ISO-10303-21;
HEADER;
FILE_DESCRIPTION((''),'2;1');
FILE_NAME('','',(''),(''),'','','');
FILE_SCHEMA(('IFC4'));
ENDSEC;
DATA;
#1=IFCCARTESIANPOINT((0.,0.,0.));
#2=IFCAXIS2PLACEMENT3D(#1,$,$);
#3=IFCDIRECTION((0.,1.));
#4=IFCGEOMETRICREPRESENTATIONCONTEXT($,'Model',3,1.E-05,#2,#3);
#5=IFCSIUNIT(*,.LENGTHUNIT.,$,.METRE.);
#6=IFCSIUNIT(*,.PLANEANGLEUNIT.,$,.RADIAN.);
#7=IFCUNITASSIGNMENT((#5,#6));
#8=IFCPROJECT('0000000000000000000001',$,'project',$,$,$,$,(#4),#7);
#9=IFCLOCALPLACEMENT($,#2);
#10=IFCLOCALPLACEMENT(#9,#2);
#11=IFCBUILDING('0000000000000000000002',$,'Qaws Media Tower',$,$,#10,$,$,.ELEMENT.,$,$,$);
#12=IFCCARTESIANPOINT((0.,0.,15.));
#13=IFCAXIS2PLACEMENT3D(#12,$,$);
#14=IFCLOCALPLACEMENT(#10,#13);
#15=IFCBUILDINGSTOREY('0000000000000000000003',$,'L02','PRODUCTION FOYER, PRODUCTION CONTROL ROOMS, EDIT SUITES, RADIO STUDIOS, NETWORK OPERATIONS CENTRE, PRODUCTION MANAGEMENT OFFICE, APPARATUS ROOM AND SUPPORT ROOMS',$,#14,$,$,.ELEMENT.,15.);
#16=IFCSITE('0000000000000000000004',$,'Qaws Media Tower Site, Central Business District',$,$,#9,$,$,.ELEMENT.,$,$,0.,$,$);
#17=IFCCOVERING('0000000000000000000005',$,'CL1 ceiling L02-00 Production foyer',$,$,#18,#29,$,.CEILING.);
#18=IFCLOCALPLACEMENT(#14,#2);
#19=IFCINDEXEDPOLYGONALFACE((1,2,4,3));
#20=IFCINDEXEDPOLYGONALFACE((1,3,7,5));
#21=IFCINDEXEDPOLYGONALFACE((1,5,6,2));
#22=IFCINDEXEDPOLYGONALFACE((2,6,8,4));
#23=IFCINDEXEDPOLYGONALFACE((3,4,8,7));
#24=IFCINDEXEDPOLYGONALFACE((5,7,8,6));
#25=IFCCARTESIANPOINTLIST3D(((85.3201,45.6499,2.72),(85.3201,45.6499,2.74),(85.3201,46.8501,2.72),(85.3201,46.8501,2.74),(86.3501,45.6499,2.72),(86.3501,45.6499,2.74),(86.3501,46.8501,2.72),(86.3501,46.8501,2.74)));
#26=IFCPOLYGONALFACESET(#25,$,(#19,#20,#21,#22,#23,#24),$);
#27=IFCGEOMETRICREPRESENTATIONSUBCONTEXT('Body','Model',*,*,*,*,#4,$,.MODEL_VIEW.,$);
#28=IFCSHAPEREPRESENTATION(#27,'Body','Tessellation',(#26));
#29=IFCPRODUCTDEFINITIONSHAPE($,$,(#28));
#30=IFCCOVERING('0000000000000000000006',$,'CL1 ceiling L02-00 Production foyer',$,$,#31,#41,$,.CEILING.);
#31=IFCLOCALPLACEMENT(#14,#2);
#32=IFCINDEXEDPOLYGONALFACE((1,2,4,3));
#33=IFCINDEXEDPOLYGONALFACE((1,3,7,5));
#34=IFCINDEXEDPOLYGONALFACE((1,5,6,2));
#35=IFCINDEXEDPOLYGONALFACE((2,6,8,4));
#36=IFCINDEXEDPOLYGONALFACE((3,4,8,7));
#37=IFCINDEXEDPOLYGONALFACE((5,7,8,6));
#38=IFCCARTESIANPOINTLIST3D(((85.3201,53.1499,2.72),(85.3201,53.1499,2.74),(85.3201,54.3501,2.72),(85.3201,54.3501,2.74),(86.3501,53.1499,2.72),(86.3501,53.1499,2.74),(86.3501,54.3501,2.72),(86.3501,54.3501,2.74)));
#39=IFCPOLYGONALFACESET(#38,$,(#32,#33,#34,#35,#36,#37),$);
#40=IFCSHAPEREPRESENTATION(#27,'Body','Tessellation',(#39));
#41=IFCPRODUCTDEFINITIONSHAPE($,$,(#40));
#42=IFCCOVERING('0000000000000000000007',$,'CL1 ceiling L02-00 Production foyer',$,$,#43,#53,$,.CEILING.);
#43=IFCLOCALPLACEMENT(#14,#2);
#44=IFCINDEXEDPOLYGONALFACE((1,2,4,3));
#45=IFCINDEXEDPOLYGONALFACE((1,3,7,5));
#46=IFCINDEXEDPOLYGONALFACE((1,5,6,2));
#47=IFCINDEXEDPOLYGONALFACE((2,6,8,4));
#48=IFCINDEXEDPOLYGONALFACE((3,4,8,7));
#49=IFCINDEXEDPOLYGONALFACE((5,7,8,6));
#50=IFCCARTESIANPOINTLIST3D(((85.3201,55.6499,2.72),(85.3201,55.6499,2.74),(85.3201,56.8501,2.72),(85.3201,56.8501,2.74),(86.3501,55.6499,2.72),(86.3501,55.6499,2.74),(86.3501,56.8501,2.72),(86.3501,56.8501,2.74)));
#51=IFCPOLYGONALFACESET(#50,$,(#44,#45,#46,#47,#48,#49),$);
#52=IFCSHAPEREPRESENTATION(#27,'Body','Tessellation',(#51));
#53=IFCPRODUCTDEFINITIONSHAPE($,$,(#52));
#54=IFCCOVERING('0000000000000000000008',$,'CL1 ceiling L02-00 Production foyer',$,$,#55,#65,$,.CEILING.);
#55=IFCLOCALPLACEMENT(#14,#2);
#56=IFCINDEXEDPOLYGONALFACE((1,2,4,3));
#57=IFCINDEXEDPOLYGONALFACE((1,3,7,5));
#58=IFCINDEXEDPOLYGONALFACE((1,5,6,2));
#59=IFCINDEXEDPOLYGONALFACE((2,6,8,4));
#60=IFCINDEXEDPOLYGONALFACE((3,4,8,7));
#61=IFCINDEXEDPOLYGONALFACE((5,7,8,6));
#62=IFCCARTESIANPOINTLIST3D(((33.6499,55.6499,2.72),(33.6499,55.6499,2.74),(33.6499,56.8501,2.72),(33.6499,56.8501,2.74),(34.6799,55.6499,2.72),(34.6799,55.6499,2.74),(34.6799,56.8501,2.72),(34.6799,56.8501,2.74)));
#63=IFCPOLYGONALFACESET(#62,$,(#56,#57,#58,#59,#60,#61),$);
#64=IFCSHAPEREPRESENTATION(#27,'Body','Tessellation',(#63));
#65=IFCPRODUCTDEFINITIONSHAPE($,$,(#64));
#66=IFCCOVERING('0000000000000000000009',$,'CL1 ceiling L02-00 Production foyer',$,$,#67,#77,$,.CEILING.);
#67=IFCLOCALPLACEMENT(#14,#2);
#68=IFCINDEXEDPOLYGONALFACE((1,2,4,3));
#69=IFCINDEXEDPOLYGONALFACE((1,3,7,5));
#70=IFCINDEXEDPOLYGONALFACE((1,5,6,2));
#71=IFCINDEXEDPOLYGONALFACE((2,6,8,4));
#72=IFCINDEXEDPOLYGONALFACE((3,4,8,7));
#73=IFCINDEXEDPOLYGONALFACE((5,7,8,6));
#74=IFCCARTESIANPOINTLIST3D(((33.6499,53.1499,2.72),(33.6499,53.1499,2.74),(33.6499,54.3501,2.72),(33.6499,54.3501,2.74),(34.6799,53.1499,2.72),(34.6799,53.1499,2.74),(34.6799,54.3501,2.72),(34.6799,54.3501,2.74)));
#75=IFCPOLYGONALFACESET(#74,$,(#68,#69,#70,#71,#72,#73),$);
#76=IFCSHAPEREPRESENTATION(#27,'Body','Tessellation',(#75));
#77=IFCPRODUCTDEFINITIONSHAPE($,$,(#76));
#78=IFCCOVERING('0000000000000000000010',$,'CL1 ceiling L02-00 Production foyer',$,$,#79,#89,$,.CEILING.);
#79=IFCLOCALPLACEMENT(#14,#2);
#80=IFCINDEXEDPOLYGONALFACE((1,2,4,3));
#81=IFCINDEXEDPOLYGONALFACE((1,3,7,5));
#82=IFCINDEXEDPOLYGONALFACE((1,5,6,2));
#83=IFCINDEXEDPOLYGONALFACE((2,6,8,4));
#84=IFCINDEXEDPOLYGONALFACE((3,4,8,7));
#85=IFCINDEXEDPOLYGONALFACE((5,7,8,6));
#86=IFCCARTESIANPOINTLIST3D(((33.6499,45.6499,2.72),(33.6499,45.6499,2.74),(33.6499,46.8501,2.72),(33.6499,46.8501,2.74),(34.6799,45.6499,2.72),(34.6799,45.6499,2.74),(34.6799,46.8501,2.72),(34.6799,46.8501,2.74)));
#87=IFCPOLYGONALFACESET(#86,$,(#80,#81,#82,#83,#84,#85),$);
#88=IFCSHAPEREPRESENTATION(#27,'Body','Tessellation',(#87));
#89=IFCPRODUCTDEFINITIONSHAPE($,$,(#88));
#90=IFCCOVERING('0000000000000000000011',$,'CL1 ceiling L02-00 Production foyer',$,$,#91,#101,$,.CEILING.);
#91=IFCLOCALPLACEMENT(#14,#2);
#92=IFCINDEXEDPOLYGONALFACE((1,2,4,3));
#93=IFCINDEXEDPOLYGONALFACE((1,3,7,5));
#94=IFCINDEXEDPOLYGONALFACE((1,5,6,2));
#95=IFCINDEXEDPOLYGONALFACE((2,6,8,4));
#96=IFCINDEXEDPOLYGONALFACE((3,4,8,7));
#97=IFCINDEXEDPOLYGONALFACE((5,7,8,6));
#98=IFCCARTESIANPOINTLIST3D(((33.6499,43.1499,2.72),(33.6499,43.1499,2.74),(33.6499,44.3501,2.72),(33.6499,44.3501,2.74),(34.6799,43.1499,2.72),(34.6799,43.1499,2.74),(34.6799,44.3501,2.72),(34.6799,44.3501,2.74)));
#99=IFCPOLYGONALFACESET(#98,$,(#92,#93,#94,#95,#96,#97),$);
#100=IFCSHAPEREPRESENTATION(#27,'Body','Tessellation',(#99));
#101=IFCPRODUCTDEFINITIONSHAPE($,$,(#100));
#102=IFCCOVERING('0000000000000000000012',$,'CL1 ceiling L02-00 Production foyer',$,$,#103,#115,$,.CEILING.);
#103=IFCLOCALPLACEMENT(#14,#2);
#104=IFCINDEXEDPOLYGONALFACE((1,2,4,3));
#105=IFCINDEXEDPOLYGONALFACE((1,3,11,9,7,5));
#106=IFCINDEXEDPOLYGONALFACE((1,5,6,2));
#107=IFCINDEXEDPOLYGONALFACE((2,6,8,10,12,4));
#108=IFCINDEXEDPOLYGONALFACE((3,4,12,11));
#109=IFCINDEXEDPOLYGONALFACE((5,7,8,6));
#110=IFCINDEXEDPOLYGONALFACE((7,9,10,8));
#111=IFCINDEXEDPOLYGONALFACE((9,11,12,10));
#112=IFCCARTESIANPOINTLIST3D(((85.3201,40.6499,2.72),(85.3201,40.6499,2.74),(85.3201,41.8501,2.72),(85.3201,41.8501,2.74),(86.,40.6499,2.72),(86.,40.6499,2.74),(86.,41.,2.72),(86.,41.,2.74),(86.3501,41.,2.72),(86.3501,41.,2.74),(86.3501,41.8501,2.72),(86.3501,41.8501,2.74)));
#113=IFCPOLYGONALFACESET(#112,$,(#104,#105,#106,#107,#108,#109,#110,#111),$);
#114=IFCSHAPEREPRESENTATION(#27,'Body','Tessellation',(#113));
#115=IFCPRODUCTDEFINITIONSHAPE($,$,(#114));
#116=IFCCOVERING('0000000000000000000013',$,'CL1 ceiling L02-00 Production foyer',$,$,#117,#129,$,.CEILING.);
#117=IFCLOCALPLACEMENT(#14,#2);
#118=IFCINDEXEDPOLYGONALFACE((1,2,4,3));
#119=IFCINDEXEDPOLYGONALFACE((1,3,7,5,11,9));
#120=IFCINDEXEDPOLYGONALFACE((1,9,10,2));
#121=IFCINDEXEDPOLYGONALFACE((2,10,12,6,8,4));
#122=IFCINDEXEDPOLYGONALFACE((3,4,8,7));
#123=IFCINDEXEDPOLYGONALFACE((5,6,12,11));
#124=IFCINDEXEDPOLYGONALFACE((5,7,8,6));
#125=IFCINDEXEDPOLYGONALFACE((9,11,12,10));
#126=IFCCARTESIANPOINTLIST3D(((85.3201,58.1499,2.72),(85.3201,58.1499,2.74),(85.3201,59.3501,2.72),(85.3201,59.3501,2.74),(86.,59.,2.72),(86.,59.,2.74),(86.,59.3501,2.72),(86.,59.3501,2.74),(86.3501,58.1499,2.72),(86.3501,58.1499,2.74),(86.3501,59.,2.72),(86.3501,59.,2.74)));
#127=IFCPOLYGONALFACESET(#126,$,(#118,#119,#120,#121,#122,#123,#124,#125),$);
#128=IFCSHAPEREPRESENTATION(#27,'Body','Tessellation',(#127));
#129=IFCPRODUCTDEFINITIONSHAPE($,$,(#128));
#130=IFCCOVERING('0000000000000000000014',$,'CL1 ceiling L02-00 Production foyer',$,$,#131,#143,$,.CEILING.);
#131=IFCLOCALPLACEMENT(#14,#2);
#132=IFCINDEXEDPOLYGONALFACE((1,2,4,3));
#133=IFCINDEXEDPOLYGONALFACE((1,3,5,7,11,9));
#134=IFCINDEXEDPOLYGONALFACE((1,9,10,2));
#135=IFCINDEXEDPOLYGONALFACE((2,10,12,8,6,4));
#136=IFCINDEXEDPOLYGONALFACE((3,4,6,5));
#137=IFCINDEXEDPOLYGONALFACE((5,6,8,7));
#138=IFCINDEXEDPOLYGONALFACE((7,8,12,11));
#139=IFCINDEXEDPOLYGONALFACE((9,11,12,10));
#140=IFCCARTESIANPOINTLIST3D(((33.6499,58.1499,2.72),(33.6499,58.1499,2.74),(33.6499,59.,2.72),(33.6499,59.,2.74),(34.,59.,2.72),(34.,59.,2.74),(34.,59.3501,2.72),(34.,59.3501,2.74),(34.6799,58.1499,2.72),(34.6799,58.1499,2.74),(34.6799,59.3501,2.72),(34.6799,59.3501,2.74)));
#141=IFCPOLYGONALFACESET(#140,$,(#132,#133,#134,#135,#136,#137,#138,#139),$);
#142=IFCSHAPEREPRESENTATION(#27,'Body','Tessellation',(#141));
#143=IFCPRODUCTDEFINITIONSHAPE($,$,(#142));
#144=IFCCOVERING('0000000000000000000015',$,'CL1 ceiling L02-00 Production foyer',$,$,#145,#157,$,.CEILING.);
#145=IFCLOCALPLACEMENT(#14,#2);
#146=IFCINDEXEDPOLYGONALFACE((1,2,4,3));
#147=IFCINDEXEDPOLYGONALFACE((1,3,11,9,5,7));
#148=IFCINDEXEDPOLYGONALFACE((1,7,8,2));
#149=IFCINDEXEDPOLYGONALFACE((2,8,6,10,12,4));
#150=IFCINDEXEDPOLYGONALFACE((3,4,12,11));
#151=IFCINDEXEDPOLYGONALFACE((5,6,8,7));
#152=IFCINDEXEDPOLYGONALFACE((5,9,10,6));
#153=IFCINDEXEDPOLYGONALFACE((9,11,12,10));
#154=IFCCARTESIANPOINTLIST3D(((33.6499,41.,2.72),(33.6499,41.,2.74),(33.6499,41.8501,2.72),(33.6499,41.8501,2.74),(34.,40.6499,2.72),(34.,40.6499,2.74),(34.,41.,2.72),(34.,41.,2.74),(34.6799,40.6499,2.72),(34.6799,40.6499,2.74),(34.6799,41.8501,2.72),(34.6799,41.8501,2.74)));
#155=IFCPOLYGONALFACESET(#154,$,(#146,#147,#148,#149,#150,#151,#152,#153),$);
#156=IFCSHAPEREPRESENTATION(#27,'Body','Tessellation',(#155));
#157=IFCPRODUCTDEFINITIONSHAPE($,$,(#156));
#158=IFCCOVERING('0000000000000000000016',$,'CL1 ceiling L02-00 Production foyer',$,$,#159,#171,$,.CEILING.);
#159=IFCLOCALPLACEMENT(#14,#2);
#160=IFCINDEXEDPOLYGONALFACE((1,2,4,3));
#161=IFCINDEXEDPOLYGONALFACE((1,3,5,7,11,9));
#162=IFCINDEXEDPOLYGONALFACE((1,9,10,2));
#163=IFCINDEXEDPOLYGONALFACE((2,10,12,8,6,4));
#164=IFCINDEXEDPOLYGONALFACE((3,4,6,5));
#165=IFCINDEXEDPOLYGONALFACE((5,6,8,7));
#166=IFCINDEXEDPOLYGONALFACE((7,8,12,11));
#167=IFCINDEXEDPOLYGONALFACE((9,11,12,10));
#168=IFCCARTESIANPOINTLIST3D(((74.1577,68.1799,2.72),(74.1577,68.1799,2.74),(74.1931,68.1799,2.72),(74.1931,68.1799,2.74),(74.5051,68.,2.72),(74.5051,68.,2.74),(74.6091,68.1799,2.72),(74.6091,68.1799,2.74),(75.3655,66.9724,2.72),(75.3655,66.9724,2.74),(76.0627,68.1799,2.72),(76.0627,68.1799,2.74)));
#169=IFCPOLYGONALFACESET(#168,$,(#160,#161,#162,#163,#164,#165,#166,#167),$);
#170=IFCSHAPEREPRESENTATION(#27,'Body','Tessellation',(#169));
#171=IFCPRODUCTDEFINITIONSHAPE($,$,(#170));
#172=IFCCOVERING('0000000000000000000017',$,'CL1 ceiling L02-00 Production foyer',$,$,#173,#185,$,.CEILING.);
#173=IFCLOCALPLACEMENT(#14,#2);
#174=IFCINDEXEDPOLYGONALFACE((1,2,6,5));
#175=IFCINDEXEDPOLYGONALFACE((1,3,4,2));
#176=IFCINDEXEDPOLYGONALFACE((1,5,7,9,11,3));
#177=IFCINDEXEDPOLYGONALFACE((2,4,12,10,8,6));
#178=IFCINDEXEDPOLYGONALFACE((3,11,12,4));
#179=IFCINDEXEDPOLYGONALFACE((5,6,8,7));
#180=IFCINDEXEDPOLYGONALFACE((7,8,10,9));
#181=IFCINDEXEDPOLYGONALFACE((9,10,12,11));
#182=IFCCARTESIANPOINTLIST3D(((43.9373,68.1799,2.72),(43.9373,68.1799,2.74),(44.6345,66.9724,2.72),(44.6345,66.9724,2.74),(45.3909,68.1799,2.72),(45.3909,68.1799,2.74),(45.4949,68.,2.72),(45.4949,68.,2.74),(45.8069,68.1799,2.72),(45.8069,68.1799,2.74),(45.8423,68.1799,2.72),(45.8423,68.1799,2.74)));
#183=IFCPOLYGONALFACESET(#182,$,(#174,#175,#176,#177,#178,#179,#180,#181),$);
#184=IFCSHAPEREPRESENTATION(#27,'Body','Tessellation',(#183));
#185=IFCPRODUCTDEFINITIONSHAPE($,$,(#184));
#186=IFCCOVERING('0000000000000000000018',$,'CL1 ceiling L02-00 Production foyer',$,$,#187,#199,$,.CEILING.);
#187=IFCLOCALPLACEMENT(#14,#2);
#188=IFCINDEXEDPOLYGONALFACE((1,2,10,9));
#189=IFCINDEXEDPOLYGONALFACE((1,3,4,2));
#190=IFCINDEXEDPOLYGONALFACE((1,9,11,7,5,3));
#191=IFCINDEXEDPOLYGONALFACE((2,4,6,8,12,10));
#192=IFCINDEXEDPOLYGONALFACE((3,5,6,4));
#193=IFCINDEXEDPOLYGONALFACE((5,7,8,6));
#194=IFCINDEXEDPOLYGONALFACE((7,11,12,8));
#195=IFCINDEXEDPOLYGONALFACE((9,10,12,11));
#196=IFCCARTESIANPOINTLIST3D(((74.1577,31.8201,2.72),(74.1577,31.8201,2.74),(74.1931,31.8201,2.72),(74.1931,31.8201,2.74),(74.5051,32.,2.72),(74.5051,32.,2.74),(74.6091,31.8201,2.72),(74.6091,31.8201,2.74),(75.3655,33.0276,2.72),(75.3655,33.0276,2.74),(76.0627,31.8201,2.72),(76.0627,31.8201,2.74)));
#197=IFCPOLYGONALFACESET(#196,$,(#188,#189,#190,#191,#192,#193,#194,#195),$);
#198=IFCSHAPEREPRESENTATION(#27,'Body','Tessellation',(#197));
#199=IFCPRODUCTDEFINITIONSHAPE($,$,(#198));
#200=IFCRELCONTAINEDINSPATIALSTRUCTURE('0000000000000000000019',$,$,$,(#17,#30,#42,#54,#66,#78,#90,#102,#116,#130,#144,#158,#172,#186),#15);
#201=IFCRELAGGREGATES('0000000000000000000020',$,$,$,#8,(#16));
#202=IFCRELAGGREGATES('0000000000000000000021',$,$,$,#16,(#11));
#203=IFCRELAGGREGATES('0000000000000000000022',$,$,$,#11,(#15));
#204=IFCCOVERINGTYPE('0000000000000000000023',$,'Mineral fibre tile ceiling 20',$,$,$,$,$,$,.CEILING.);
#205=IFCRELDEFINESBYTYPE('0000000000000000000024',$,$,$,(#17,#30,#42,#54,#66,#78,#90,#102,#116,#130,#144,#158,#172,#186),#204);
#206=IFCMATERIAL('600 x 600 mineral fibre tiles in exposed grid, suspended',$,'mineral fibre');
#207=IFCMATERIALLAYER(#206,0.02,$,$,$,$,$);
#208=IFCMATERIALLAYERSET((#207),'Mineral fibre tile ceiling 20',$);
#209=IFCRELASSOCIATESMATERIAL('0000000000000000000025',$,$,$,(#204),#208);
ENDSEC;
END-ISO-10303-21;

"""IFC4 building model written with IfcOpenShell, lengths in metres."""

from ifc_helpers import new_model, si_unit, direction, frame, origin, place, context, subcontext, project, spatial, polyline, outline, extrude, material, layer, layer_set, type_object, element, save


model = new_model("IFC4")

# Units and contexts
model_context = context("Model", 3, precision=1e-05, world=origin(), true_north=direction((0.0, 1.0)))
body_context = subcontext(model_context, "Body", "Model", "MODEL_VIEW")
ifc_project = project(units=[si_unit("LENGTHUNIT", "METRE"), si_unit("PLANEANGLEUNIT", "RADIAN")], contexts=[model_context])

# Site, building, storey
site_placement = place(None, origin())
site = spatial("IfcSite", under=ifc_project, at=site_placement, Name="Qaws Media Tower Site, Central Business District", CompositionType="ELEMENT", RefElevation=0.0)
building_placement = place(site_placement, origin())
building = spatial("IfcBuilding", under=site, at=building_placement, Name="Qaws Media Tower", CompositionType="ELEMENT")
storey_placement = place(building_placement, frame((0.0, 0.0, 15.0)))
storey = spatial("IfcBuildingStorey", under=building, at=storey_placement, Name="L02", Description="PRODUCTION FOYER, PRODUCTION CONTROL ROOMS, EDIT SUITES, RADIO STUDIOS, NETWORK OPERATIONS CENTRE, PRODUCTION MANAGEMENT OFFICE, APPARATUS ROOM AND SUPPORT ROOMS", CompositionType="ELEMENT", Elevation=15.0)

# Coverings
ifc_material_1 = material(Name="600 x 600 mineral fibre tiles in exposed grid, suspended", Category="mineral fibre")
ifc_layer_1 = layer(ifc_material_1, 0.02)
ifc_layer_set_1 = layer_set([ifc_layer_1], Name="Mineral fibre tile ceiling 20")
covering_type_1 = type_object("IfcCoveringType", Name="Mineral fibre tile ceiling 20", PredefinedType="CEILING", material=ifc_layer_set_1)
covering_1_placement = place(storey_placement, frame((0.0, 0.0, 2.72)))
element("IfcCovering", 1, at=covering_1_placement, inside=storey, type_object=covering_type_1, Name="CL1 ceiling L02-00 Production foyer", PredefinedType="CEILING", context=body_context, shape_type="SweptSolid", body=[
    extrude(outline(polyline([(85.3201, 46.8501), (86.3501, 46.8501), (86.3501, 45.6499), (85.3201, 45.6499), (85.3201, 46.8501)])), origin(), (0.0, 0.0, 1.0), 0.02),
])
covering_2_placement = place(storey_placement, frame((0.0, 0.0, 2.72)))
element("IfcCovering", 2, at=covering_2_placement, inside=storey, type_object=covering_type_1, Name="CL1 ceiling L02-00 Production foyer", PredefinedType="CEILING", context=body_context, shape_type="SweptSolid", body=[
    extrude(outline(polyline([(85.3201, 54.3501), (86.3501, 54.3501), (86.3501, 53.1499), (85.3201, 53.1499), (85.3201, 54.3501)])), origin(), (0.0, 0.0, 1.0), 0.02),
])
covering_3_placement = place(storey_placement, frame((0.0, 0.0, 2.72)))
element("IfcCovering", 3, at=covering_3_placement, inside=storey, type_object=covering_type_1, Name="CL1 ceiling L02-00 Production foyer", PredefinedType="CEILING", context=body_context, shape_type="SweptSolid", body=[
    extrude(outline(polyline([(85.3201, 56.8501), (86.3501, 56.8501), (86.3501, 55.6499), (85.3201, 55.6499), (85.3201, 56.8501)])), origin(), (0.0, 0.0, 1.0), 0.02),
])
covering_4_placement = place(storey_placement, frame((0.0, 0.0, 2.72)))
element("IfcCovering", 4, at=covering_4_placement, inside=storey, type_object=covering_type_1, Name="CL1 ceiling L02-00 Production foyer", PredefinedType="CEILING", context=body_context, shape_type="SweptSolid", body=[
    extrude(outline(polyline([(34.6799, 55.6499), (33.6499, 55.6499), (33.6499, 56.8501), (34.6799, 56.8501), (34.6799, 55.6499)])), origin(), (0.0, 0.0, 1.0), 0.02),
])
covering_5_placement = place(storey_placement, frame((0.0, 0.0, 2.72)))
element("IfcCovering", 5, at=covering_5_placement, inside=storey, type_object=covering_type_1, Name="CL1 ceiling L02-00 Production foyer", PredefinedType="CEILING", context=body_context, shape_type="SweptSolid", body=[
    extrude(outline(polyline([(34.6799, 53.1499), (33.6499, 53.1499), (33.6499, 54.3501), (34.6799, 54.3501), (34.6799, 53.1499)])), origin(), (0.0, 0.0, 1.0), 0.02),
])
covering_6_placement = place(storey_placement, frame((0.0, 0.0, 2.72)))
element("IfcCovering", 6, at=covering_6_placement, inside=storey, type_object=covering_type_1, Name="CL1 ceiling L02-00 Production foyer", PredefinedType="CEILING", context=body_context, shape_type="SweptSolid", body=[
    extrude(outline(polyline([(34.6799, 45.6499), (33.6499, 45.6499), (33.6499, 46.8501), (34.6799, 46.8501), (34.6799, 45.6499)])), origin(), (0.0, 0.0, 1.0), 0.02),
])
covering_7_placement = place(storey_placement, frame((0.0, 0.0, 2.72)))
element("IfcCovering", 7, at=covering_7_placement, inside=storey, type_object=covering_type_1, Name="CL1 ceiling L02-00 Production foyer", PredefinedType="CEILING", context=body_context, shape_type="SweptSolid", body=[
    extrude(outline(polyline([(34.6799, 43.1499), (33.6499, 43.1499), (33.6499, 44.3501), (34.6799, 44.3501), (34.6799, 43.1499)])), origin(), (0.0, 0.0, 1.0), 0.02),
])
covering_8_placement = place(storey_placement, frame((0.0, 0.0, 2.72)))
element("IfcCovering", 8, at=covering_8_placement, inside=storey, type_object=covering_type_1, Name="CL1 ceiling L02-00 Production foyer", PredefinedType="CEILING", context=body_context, shape_type="SweptSolid", body=[
    extrude(outline(polyline([(85.3201, 41.8501), (86.3501, 41.8501), (86.3501, 41.0), (86.0, 41.0), (86.0, 40.6499), (85.3201, 40.6499), (85.3201, 41.8501)])), origin(), (0.0, 0.0, 1.0), 0.02),
])
covering_9_placement = place(storey_placement, frame((0.0, 0.0, 2.72)))
element("IfcCovering", 9, at=covering_9_placement, inside=storey, type_object=covering_type_1, Name="CL1 ceiling L02-00 Production foyer", PredefinedType="CEILING", context=body_context, shape_type="SweptSolid", body=[
    extrude(outline(polyline([(85.3201, 59.3501), (86.0, 59.3501), (86.0, 59.0), (86.3501, 59.0), (86.3501, 58.1499), (85.3201, 58.1499), (85.3201, 59.3501)])), origin(), (0.0, 0.0, 1.0), 0.02),
])
covering_10_placement = place(storey_placement, frame((0.0, 0.0, 2.72)))
element("IfcCovering", 10, at=covering_10_placement, inside=storey, type_object=covering_type_1, Name="CL1 ceiling L02-00 Production foyer", PredefinedType="CEILING", context=body_context, shape_type="SweptSolid", body=[
    extrude(outline(polyline([(34.6799, 58.1499), (33.6499, 58.1499), (33.6499, 59.0), (34.0, 59.0), (34.0, 59.3501), (34.6799, 59.3501), (34.6799, 58.1499)])), origin(), (0.0, 0.0, 1.0), 0.02),
])
covering_11_placement = place(storey_placement, frame((0.0, 0.0, 2.72)))
element("IfcCovering", 11, at=covering_11_placement, inside=storey, type_object=covering_type_1, Name="CL1 ceiling L02-00 Production foyer", PredefinedType="CEILING", context=body_context, shape_type="SweptSolid", body=[
    extrude(outline(polyline([(34.6799, 40.6499), (34.0, 40.6499), (34.0, 41.0), (33.6499, 41.0), (33.6499, 41.8501), (34.6799, 41.8501), (34.6799, 40.6499)])), origin(), (0.0, 0.0, 1.0), 0.02),
])
covering_12_placement = place(storey_placement, frame((0.0, 0.0, 2.72)))
element("IfcCovering", 12, at=covering_12_placement, inside=storey, type_object=covering_type_1, Name="CL1 ceiling L02-00 Production foyer", PredefinedType="CEILING", context=body_context, shape_type="SweptSolid", body=[
    extrude(outline(polyline([(74.1931, 68.1799), (74.5051, 68.0), (74.6091, 68.1799), (76.0627, 68.1799), (75.3655, 66.9724), (74.1577, 68.1799), (74.1931, 68.1799)])), origin(), (0.0, 0.0, 1.0), 0.02),
])
covering_13_placement = place(storey_placement, frame((0.0, 0.0, 2.72)))
element("IfcCovering", 13, at=covering_13_placement, inside=storey, type_object=covering_type_1, Name="CL1 ceiling L02-00 Production foyer", PredefinedType="CEILING", context=body_context, shape_type="SweptSolid", body=[
    extrude(outline(polyline([(45.3909, 68.1799), (45.4949, 68.0), (45.8069, 68.1799), (45.8423, 68.1799), (44.6345, 66.9724), (43.9373, 68.1799), (45.3909, 68.1799)])), origin(), (0.0, 0.0, 1.0), 0.02),
])
covering_14_placement = place(storey_placement, frame((0.0, 0.0, 2.72)))
element("IfcCovering", 14, at=covering_14_placement, inside=storey, type_object=covering_type_1, Name="CL1 ceiling L02-00 Production foyer", PredefinedType="CEILING", context=body_context, shape_type="SweptSolid", body=[
    extrude(outline(polyline([(74.6091, 31.8201), (74.5051, 32.0), (74.1931, 31.8201), (74.1577, 31.8201), (75.3655, 33.0276), (76.0627, 31.8201), (74.6091, 31.8201)])), origin(), (0.0, 0.0, 1.0), 0.02),
])

save(model, "model.ifc")
